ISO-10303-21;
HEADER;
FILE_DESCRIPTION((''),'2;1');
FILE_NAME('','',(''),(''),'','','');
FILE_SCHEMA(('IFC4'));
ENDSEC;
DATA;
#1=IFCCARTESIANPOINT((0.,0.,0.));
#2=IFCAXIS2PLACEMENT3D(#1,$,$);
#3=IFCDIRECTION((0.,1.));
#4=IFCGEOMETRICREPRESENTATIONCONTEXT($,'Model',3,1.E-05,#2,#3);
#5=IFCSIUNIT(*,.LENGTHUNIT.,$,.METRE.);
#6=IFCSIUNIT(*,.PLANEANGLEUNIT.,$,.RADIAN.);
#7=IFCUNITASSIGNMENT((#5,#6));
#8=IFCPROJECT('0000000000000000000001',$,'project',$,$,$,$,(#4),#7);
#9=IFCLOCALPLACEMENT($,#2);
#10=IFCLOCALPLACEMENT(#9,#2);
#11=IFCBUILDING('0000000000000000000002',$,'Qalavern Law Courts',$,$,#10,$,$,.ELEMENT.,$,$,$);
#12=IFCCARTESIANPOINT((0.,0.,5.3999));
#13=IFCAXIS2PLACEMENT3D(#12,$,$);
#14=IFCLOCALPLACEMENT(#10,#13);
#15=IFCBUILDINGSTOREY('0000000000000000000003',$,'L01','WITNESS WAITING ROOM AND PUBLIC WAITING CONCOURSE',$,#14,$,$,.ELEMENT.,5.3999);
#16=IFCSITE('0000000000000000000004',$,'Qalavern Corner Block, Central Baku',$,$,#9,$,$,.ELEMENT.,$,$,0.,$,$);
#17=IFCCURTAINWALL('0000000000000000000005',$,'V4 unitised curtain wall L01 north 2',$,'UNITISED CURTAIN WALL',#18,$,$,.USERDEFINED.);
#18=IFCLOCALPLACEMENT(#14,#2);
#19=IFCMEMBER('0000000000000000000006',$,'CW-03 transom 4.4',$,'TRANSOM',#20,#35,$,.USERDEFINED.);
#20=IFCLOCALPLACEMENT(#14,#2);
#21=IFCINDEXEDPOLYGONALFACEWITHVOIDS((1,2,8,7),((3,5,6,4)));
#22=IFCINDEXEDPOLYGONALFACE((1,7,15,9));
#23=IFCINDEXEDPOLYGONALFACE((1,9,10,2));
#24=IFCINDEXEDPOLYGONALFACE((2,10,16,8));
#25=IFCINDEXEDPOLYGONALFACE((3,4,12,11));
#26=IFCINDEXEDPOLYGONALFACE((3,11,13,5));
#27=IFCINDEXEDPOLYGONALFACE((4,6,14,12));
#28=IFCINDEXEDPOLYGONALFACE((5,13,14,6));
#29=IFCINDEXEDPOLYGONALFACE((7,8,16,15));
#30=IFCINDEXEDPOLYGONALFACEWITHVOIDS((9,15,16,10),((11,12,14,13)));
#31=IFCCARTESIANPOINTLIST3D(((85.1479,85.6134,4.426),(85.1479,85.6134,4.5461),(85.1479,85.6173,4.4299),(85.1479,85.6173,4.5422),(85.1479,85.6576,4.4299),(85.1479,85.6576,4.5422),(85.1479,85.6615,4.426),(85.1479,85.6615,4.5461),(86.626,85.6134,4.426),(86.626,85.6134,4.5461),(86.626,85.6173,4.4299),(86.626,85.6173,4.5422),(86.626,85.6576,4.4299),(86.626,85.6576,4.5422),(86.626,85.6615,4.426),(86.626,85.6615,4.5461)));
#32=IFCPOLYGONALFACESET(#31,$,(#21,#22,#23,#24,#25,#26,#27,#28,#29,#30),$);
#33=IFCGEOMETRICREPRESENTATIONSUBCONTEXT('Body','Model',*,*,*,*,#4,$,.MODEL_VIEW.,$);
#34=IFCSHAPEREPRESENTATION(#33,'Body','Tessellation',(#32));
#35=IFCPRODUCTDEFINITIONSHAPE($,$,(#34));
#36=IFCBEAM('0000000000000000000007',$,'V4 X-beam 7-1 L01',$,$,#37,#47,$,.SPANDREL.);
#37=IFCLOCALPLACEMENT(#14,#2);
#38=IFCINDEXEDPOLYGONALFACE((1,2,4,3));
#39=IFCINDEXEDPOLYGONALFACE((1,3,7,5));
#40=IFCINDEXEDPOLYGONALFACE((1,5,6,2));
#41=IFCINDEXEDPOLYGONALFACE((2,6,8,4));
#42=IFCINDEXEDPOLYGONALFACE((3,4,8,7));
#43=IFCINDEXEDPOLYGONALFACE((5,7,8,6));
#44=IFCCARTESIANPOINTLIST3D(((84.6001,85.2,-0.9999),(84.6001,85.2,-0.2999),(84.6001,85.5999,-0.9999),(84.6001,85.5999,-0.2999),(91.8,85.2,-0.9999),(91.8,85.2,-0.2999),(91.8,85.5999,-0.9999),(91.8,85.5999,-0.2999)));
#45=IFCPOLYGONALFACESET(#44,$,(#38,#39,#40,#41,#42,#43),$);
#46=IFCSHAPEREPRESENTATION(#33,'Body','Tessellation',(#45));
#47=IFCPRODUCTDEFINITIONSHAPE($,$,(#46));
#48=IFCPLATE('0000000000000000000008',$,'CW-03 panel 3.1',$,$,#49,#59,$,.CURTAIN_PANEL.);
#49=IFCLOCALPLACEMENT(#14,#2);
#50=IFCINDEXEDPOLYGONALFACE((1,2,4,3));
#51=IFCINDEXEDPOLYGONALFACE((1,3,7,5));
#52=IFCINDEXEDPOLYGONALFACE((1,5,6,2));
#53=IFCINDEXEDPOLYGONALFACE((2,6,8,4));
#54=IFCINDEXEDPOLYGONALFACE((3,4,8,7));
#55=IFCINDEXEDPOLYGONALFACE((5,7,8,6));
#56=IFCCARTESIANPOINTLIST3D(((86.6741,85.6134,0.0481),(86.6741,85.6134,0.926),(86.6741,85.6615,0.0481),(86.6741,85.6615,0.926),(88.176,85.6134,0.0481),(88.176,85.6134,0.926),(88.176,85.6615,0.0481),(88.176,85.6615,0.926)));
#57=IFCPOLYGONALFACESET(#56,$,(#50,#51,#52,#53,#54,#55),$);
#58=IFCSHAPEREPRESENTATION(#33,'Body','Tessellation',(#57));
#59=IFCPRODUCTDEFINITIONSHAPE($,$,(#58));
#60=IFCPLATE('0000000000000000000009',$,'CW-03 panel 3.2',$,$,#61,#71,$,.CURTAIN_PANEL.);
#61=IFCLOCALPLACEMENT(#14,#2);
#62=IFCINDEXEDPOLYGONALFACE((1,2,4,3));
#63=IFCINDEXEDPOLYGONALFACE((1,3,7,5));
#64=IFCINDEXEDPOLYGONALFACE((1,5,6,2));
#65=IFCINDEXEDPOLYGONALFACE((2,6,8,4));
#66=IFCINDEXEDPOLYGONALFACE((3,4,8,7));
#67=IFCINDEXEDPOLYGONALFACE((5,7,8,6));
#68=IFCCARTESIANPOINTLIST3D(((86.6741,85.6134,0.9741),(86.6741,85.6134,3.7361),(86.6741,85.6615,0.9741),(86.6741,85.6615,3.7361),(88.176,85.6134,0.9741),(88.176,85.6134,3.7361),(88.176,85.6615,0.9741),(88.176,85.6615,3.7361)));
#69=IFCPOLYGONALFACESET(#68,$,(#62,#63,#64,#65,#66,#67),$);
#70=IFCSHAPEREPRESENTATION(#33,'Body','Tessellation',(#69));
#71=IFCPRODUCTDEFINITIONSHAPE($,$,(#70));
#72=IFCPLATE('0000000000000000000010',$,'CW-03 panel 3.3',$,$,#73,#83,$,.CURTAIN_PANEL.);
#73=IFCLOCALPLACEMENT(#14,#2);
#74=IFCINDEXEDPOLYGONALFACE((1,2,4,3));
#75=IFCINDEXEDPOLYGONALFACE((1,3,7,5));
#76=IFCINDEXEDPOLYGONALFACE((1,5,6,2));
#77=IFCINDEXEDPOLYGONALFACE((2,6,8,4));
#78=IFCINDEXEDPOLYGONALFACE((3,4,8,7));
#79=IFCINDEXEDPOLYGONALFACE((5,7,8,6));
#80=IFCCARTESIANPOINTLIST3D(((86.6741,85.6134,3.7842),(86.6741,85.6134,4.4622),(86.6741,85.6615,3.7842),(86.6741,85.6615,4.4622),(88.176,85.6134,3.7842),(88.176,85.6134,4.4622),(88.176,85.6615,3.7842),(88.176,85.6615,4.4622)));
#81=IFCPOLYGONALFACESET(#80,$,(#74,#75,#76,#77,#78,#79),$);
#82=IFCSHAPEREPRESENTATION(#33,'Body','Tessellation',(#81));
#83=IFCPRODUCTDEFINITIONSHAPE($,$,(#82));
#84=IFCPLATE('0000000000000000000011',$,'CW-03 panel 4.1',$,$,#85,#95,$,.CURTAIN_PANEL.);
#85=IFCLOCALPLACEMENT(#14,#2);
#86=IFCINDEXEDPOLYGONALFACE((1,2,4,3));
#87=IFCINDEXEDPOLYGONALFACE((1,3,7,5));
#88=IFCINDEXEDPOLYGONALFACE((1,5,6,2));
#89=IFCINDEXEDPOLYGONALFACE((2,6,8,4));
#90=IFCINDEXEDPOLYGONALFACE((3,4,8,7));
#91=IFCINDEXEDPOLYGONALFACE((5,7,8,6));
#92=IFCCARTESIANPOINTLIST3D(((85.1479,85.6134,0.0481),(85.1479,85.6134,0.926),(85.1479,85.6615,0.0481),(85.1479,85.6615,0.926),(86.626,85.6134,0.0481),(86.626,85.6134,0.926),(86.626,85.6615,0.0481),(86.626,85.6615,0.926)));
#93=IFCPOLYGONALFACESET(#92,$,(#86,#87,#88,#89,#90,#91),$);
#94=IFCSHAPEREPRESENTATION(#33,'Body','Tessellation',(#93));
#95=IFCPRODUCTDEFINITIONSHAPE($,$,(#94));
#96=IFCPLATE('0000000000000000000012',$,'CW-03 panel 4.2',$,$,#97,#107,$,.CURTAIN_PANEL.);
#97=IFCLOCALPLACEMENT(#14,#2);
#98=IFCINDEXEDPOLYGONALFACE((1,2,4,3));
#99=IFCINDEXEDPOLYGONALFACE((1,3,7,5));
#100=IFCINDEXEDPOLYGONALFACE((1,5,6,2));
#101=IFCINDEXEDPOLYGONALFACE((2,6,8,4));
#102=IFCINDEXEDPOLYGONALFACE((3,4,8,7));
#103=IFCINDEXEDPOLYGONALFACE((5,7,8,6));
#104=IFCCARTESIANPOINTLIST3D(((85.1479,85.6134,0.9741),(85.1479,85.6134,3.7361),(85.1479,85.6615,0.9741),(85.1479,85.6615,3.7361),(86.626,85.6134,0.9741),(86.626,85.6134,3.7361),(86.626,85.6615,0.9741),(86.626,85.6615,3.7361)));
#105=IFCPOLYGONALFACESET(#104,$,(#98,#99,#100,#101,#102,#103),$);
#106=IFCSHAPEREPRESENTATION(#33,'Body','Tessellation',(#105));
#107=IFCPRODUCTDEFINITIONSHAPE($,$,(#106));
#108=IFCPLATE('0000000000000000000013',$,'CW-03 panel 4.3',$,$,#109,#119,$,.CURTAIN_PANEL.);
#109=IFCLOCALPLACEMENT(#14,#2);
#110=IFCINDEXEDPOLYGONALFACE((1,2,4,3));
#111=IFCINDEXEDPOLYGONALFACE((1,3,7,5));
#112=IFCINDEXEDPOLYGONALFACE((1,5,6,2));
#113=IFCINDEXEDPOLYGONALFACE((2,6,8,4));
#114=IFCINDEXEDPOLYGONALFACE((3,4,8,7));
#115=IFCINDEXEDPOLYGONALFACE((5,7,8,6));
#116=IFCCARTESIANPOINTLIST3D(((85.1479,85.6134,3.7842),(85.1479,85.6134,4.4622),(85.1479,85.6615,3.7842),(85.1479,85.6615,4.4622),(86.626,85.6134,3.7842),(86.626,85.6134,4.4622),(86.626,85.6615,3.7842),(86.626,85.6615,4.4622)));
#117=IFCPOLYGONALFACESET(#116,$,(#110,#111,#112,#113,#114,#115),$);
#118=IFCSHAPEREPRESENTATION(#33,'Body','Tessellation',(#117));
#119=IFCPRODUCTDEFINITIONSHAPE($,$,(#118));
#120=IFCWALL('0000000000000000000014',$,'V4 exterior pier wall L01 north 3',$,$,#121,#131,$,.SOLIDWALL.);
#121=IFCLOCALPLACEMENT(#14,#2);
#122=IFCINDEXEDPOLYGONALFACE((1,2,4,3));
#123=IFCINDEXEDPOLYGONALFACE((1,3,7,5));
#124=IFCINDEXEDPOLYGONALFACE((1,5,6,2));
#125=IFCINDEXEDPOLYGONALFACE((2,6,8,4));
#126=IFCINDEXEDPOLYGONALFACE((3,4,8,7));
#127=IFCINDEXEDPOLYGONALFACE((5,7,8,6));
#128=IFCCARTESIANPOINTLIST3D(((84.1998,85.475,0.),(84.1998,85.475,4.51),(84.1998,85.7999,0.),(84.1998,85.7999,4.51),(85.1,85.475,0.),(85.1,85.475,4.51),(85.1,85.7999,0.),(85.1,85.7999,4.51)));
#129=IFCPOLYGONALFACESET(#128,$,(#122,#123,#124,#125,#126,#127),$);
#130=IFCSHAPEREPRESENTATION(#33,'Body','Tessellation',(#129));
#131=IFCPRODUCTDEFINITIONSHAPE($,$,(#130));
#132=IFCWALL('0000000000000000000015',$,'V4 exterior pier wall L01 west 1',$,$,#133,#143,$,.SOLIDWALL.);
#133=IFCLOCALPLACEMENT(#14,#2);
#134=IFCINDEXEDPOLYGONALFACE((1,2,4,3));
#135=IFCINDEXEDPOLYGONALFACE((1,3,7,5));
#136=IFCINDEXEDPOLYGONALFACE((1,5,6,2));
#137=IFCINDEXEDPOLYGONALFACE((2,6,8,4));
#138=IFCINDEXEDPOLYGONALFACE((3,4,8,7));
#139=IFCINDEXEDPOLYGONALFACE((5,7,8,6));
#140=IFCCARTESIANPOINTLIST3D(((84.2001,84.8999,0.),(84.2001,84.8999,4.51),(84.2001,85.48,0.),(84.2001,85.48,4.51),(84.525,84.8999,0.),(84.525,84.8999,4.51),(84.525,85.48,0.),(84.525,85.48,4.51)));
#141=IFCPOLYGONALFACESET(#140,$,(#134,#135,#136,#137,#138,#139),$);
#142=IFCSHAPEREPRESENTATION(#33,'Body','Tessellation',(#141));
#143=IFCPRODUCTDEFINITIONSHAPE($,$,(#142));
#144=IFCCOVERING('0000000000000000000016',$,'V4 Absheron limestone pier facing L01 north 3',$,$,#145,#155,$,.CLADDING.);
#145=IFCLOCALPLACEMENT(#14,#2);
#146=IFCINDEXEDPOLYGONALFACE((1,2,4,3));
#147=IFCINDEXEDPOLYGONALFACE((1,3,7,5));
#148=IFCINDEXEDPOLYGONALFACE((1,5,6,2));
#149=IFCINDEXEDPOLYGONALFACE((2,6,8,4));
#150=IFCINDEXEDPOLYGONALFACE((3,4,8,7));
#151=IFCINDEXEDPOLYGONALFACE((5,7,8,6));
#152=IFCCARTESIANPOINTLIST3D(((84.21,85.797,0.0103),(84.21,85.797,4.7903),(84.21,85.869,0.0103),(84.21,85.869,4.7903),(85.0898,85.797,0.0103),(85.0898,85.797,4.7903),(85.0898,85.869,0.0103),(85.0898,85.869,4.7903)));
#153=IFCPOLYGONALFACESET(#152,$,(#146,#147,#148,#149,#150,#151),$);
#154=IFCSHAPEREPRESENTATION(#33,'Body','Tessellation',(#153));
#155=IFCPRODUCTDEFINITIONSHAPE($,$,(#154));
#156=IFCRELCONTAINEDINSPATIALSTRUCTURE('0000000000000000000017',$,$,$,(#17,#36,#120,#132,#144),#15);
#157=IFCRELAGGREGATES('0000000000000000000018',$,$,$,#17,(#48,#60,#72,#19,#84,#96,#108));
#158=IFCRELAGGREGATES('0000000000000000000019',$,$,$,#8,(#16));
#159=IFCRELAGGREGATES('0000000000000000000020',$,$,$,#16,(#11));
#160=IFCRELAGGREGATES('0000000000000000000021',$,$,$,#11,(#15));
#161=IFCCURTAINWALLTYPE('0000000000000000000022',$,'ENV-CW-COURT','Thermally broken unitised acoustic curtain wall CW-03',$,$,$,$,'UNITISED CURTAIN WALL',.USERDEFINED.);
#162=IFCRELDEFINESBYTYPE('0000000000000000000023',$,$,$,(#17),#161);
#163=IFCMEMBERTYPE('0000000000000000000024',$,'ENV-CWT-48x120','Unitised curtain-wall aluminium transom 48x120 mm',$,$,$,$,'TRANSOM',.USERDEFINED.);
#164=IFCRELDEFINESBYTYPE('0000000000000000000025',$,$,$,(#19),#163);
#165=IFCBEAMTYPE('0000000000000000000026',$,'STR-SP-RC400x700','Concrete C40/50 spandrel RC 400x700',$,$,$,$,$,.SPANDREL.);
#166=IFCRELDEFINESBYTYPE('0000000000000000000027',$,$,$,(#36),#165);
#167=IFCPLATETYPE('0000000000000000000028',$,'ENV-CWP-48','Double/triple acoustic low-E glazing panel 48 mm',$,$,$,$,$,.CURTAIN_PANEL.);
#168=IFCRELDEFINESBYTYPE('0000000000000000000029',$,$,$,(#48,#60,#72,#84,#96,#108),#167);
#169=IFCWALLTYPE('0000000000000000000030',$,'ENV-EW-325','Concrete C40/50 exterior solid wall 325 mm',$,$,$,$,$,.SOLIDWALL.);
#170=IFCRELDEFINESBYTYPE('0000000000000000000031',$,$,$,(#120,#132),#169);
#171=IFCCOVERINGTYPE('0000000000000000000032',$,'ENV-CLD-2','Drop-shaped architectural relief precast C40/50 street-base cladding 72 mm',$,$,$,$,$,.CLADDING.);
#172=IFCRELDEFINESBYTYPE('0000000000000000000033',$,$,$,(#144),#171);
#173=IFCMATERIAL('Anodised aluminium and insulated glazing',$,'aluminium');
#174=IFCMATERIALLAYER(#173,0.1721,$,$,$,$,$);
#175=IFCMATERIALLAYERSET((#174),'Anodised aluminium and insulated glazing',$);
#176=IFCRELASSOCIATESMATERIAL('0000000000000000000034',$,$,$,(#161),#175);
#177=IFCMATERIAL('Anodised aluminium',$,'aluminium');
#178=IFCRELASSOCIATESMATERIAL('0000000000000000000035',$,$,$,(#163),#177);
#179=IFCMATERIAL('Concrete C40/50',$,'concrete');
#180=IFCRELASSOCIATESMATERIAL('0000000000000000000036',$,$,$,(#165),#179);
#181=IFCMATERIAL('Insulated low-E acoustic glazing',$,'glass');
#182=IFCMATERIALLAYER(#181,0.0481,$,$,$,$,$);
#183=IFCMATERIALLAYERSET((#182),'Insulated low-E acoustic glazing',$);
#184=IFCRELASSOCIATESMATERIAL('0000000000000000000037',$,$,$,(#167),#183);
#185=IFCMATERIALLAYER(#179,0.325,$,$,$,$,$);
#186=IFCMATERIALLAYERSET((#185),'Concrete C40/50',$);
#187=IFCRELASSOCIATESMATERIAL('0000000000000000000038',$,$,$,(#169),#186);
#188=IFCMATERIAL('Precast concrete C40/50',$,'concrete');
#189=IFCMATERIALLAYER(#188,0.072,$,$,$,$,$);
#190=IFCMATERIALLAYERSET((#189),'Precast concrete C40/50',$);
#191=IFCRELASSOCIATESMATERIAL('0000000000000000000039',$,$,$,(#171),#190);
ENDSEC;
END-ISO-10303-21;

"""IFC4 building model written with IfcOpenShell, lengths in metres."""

from ifc_helpers import new_model, si_unit, direction, frame, frame_2d, origin, origin_2d, place, context, subcontext, project, spatial, rectangle, hollow_rectangle, extrude, material, layer, layer_set, material_profile, profile_set, type_object, element, aggregate, save


model = new_model("IFC4")

# Units and contexts
model_context = context("Model", 3, precision=1e-05, world=origin(), true_north=direction((0.0, 1.0)))
body_context = subcontext(model_context, "Body", "Model", "MODEL_VIEW")
ifc_project = project(units=[si_unit("LENGTHUNIT", "METRE"), si_unit("PLANEANGLEUNIT", "RADIAN")], contexts=[model_context])

# Site, building, storey
site_placement = place(None, origin())
site = spatial("IfcSite", under=ifc_project, at=site_placement, Name="Qalavern Corner Block, Central Baku", CompositionType="ELEMENT", RefElevation=0.0)
building_placement = place(site_placement, origin())
building = spatial("IfcBuilding", under=site, at=building_placement, Name="Qalavern Law Courts", CompositionType="ELEMENT")
storey_placement = place(building_placement, frame((0.0, 0.0, 5.3999)))
storey = spatial("IfcBuildingStorey", under=building, at=storey_placement, Name="L01", Description="WITNESS WAITING ROOM AND PUBLIC WAITING CONCOURSE", CompositionType="ELEMENT", Elevation=5.3999)

# Curtain wall, member
ifc_material_1 = material(Name="Anodised aluminium and insulated glazing", Category="aluminium")
ifc_layer_1 = layer(ifc_material_1, 0.1721)
ifc_layer_set_1 = layer_set([ifc_layer_1], Name="Anodised aluminium and insulated glazing")
curtain_wall_type = type_object("IfcCurtainWallType", Name="ENV-CW-COURT", Description="Thermally broken unitised acoustic curtain wall CW-03", ElementType="UNITISED CURTAIN WALL", PredefinedType="USERDEFINED", material=ifc_layer_set_1)
curtain_wall_placement = place(storey_placement, origin())
curtain_wall = element("IfcCurtainWall", 1, at=curtain_wall_placement, inside=storey, type_object=curtain_wall_type, Name="V4 unitised curtain wall L01 north 2", ObjectType="UNITISED CURTAIN WALL", PredefinedType="USERDEFINED")
ifc_material_2 = material(Name="Anodised aluminium", Category="aluminium")
ifc_material_profile_1 = material_profile(ifc_material_2, hollow_rectangle(XDim=0.0481, YDim=0.1201, WallThickness=0.0039, at=origin_2d()), Name="ALU TRANSOM 48x120")
ifc_profile_set_1 = profile_set([ifc_material_profile_1], Name="Anodised aluminium")
member_type_1 = type_object("IfcMemberType", Name="ENV-CWT-48x120", Description="Unitised curtain-wall aluminium transom 48x120 mm", ElementType="TRANSOM", PredefinedType="USERDEFINED", material=ifc_profile_set_1)
member_1_placement = place(storey_placement, frame((86.626, 85.6375, 4.4861), z_axis=(-1.0, 0.0, 0.0), x_axis=(0.0, -1.0, 0.0)))
member_1 = element("IfcMember", 2, at=member_1_placement, type_object=member_type_1, Name="CW-03 transom 4.4", ObjectType="TRANSOM", PredefinedType="USERDEFINED", context=body_context, shape_type="SweptSolid", body=[
    extrude(hollow_rectangle(XDim=0.0481, YDim=0.1201, WallThickness=0.0039, at=origin_2d()), origin(), (0.0, 0.0, 1.0), 1.478),
])

# Beam
ifc_material_3 = material(Name="Concrete C40/50", Category="concrete")
ifc_material_profile_2 = material_profile(ifc_material_3, rectangle(XDim=0.3999, YDim=0.7, at=origin_2d()), Name="RC 400x700")
ifc_profile_set_2 = profile_set([ifc_material_profile_2], Name="Concrete C40/50")
beam_type = type_object("IfcBeamType", Name="STR-SP-RC400x700", Description="Concrete C40/50 spandrel RC 400x700", PredefinedType="SPANDREL", material=ifc_profile_set_2)
beam_placement = place(storey_placement, frame((84.6001, 85.3999, -0.6499), z_axis=(1.0, 0.0, 0.0), x_axis=(0.0, 1.0, 0.0)))
element("IfcBeam", 3, at=beam_placement, inside=storey, type_object=beam_type, Name="V4 X-beam 7-1 L01", PredefinedType="SPANDREL", context=body_context, shape_type="SweptSolid", body=[
    extrude(rectangle(XDim=0.3999, YDim=0.7, at=origin_2d()), origin(), (0.0, 0.0, 1.0), 7.2),
])

# Plates
ifc_material_4 = material(Name="Insulated low-E acoustic glazing", Category="glass")
ifc_layer_2 = layer(ifc_material_4, 0.0481)
ifc_layer_set_2 = layer_set([ifc_layer_2], Name="Insulated low-E acoustic glazing")
plate_type = type_object("IfcPlateType", Name="ENV-CWP-48", Description="Double/triple acoustic low-E glazing panel 48 mm", PredefinedType="CURTAIN_PANEL", material=ifc_layer_set_2)
plate_1_placement = place(storey_placement, frame((87.425, 85.6375, 0.0481), z_axis=(0.0, 0.0, 1.0), x_axis=(-1.0, 0.0, 0.0)))
plate_1 = element("IfcPlate", 4, at=plate_1_placement, type_object=plate_type, Name="CW-03 panel 3.1", PredefinedType="CURTAIN_PANEL", context=body_context, shape_type="SweptSolid", body=[
    extrude(rectangle(XDim=1.502, YDim=0.0481, at=origin_2d()), origin(), (0.0, 0.0, 1.0), 0.8779),
])
plate_2_placement = place(storey_placement, frame((87.425, 85.6375, 0.9741), z_axis=(0.0, 0.0, 1.0), x_axis=(-1.0, 0.0, 0.0)))
plate_2 = element("IfcPlate", 5, at=plate_2_placement, type_object=plate_type, Name="CW-03 panel 3.2", PredefinedType="CURTAIN_PANEL", context=body_context, shape_type="SweptSolid", body=[
    extrude(rectangle(XDim=1.502, YDim=0.0481, at=origin_2d()), origin(), (0.0, 0.0, 1.0), 2.762),
])
plate_3_placement = place(storey_placement, frame((87.425, 85.6375, 3.7842), z_axis=(0.0, 0.0, 1.0), x_axis=(-1.0, 0.0, 0.0)))
plate_3 = element("IfcPlate", 6, at=plate_3_placement, type_object=plate_type, Name="CW-03 panel 3.3", PredefinedType="CURTAIN_PANEL", context=body_context, shape_type="SweptSolid", body=[
    extrude(rectangle(XDim=1.502, YDim=0.0481, at=origin_2d()), origin(), (0.0, 0.0, 1.0), 0.678),
])
plate_4_placement = place(storey_placement, frame((85.887, 85.6375, 0.0481), z_axis=(0.0, 0.0, 1.0), x_axis=(-1.0, 0.0, 0.0)))
plate_4 = element("IfcPlate", 7, at=plate_4_placement, type_object=plate_type, Name="CW-03 panel 4.1", PredefinedType="CURTAIN_PANEL", context=body_context, shape_type="SweptSolid", body=[
    extrude(rectangle(XDim=1.478, YDim=0.0481, at=origin_2d()), origin(), (0.0, 0.0, 1.0), 0.8779),
])
plate_5_placement = place(storey_placement, frame((85.887, 85.6375, 0.9741), z_axis=(0.0, 0.0, 1.0), x_axis=(-1.0, 0.0, 0.0)))
plate_5 = element("IfcPlate", 8, at=plate_5_placement, type_object=plate_type, Name="CW-03 panel 4.2", PredefinedType="CURTAIN_PANEL", context=body_context, shape_type="SweptSolid", body=[
    extrude(rectangle(XDim=1.478, YDim=0.0481, at=origin_2d()), origin(), (0.0, 0.0, 1.0), 2.762),
])
plate_6_placement = place(storey_placement, frame((85.887, 85.6375, 3.7842), z_axis=(0.0, 0.0, 1.0), x_axis=(-1.0, 0.0, 0.0)))
plate_6 = element("IfcPlate", 9, at=plate_6_placement, type_object=plate_type, Name="CW-03 panel 4.3", PredefinedType="CURTAIN_PANEL", context=body_context, shape_type="SweptSolid", body=[
    extrude(rectangle(XDim=1.478, YDim=0.0481, at=origin_2d()), origin(), (0.0, 0.0, 1.0), 0.678),
])
aggregate(curtain_wall, [plate_1, plate_2, plate_3, member_1, plate_4, plate_5, plate_6])

# Walls
ifc_layer_3 = layer(ifc_material_3, 0.325)
ifc_layer_set_3 = layer_set([ifc_layer_3], Name="Concrete C40/50")
wall_type = type_object("IfcWallType", Name="ENV-EW-325", Description="Concrete C40/50 exterior solid wall 325 mm", PredefinedType="SOLIDWALL", material=ifc_layer_set_3)
wall_1_placement = place(storey_placement, frame((85.1001, 85.6375, 0.0), z_axis=(0.0, 0.0, 1.0), x_axis=(-1.0, 0.0, 0.0)))
element("IfcWall", 10, at=wall_1_placement, inside=storey, type_object=wall_type, Name="V4 exterior pier wall L01 north 3", PredefinedType="SOLIDWALL", context=body_context, shape_type="SweptSolid", body=[
    extrude(rectangle(XDim=0.9001, YDim=0.325, at=frame_2d((0.4502, 0.0))), origin(), (0.0, 0.0, 1.0), 4.51),
])
wall_2_placement = place(storey_placement, frame((84.3625, 85.48, 0.0), z_axis=(0.0, 0.0, 1.0), x_axis=(0.0, -1.0, 0.0)))
element("IfcWall", 11, at=wall_2_placement, inside=storey, type_object=wall_type, Name="V4 exterior pier wall L01 west 1", PredefinedType="SOLIDWALL", context=body_context, shape_type="SweptSolid", body=[
    extrude(rectangle(XDim=0.5801, YDim=0.325, at=frame_2d((0.29, 0.0))), origin(), (0.0, 0.0, 1.0), 4.51),
])

# Covering
ifc_material_5 = material(Name="Precast concrete C40/50", Category="concrete")
ifc_layer_4 = layer(ifc_material_5, 0.072)
ifc_layer_set_4 = layer_set([ifc_layer_4], Name="Precast concrete C40/50")
covering_type = type_object("IfcCoveringType", Name="ENV-CLD-2", Description="Drop-shaped architectural relief precast C40/50 street-base cladding 72 mm", PredefinedType="CLADDING", material=ifc_layer_set_4)
covering_placement = place(storey_placement, frame((84.6499, 85.833, 0.0103), z_axis=(0.0, 0.0, 1.0), x_axis=(-1.0, 0.0, 0.0)))
element("IfcCovering", 12, at=covering_placement, inside=storey, type_object=covering_type, Name="V4 Absheron limestone pier facing L01 north 3", PredefinedType="CLADDING", context=body_context, shape_type="SweptSolid", body=[
    extrude(rectangle(XDim=0.8799, YDim=0.072, at=origin_2d()), origin(), (0.0, 0.0, 1.0), 4.78),
])

save(model, "model.ifc")
